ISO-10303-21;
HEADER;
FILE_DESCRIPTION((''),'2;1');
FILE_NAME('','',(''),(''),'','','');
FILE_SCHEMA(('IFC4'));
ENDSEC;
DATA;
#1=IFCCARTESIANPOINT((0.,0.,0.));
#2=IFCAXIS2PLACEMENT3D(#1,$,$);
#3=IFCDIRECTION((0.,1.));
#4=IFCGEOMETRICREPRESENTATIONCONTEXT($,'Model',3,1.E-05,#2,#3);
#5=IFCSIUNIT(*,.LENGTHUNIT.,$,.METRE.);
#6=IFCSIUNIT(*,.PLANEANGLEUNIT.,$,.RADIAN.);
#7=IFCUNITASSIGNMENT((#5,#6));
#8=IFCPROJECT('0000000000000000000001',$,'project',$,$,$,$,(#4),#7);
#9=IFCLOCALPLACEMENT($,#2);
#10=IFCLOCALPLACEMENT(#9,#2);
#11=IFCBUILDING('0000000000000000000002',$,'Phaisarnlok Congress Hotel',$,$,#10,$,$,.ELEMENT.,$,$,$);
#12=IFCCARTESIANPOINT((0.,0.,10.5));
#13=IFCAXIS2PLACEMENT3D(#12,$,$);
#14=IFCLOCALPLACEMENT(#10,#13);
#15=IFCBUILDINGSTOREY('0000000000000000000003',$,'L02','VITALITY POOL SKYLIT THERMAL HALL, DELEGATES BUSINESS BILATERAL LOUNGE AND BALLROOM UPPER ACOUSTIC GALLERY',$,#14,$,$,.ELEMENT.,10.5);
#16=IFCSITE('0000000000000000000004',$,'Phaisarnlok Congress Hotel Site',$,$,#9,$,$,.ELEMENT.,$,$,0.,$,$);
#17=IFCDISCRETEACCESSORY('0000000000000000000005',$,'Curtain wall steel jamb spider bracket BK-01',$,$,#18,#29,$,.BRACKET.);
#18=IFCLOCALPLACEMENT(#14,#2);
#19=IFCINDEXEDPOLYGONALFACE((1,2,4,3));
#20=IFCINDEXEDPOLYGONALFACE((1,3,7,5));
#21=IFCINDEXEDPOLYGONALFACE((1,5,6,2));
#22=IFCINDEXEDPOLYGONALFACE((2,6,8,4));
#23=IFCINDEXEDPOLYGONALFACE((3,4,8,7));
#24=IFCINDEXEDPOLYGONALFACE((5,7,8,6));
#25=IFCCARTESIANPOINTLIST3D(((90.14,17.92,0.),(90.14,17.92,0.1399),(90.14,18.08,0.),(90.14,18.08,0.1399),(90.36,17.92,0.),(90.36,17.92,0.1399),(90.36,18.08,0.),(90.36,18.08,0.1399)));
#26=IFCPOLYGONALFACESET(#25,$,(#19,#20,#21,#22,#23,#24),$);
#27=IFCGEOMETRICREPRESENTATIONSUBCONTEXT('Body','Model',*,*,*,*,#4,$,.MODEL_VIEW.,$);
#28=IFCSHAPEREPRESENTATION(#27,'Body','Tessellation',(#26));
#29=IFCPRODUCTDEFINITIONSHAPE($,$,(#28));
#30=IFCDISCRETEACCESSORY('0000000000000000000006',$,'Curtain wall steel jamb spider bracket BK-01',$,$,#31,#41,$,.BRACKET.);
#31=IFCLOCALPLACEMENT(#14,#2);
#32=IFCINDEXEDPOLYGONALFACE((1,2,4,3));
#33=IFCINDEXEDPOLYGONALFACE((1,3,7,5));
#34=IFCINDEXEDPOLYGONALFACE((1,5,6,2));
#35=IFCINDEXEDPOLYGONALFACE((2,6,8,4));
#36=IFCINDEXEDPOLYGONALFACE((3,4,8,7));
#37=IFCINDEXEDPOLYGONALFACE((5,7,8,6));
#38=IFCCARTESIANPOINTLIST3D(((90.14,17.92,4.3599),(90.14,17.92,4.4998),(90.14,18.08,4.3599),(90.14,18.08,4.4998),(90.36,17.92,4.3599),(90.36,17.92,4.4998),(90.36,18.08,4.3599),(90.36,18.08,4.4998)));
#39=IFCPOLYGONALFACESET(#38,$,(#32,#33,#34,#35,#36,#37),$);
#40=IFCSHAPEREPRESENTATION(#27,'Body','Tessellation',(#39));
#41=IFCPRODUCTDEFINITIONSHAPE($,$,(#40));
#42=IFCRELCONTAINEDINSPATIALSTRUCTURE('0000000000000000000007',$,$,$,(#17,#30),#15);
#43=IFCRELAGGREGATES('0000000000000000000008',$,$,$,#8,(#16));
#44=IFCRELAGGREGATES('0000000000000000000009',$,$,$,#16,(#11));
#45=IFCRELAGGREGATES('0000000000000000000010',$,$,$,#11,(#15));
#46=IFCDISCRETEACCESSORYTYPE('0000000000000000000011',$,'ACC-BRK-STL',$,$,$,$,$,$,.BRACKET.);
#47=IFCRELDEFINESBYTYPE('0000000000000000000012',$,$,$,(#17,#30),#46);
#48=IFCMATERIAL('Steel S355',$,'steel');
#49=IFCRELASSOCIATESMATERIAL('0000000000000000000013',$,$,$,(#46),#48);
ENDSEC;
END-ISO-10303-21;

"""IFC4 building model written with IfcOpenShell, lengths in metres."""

from ifc_helpers import new_model, si_unit, direction, frame, origin, origin_2d, place, context, subcontext, project, spatial, rectangle, extrude, material, type_object, element, save


model = new_model("IFC4")

# Units and contexts
model_context = context("Model", 3, precision=1e-05, world=origin(), true_north=direction((0.0, 1.0)))
body_context = subcontext(model_context, "Body", "Model", "MODEL_VIEW")
ifc_project = project(units=[si_unit("LENGTHUNIT", "METRE"), si_unit("PLANEANGLEUNIT", "RADIAN")], contexts=[model_context])

# Site, building, storey
site_placement = place(None, origin())
site = spatial("IfcSite", under=ifc_project, at=site_placement, Name="Phaisarnlok Congress Hotel Site", CompositionType="ELEMENT", RefElevation=0.0)
building_placement = place(site_placement, origin())
building = spatial("IfcBuilding", under=site, at=building_placement, Name="Phaisarnlok Congress Hotel", CompositionType="ELEMENT")
storey_placement = place(building_placement, frame((0.0, 0.0, 10.5)))
storey = spatial("IfcBuildingStorey", under=building, at=storey_placement, Name="L02", Description="VITALITY POOL SKYLIT THERMAL HALL, DELEGATES BUSINESS BILATERAL LOUNGE AND BALLROOM UPPER ACOUSTIC GALLERY", CompositionType="ELEMENT", Elevation=10.5)

# Shared definitions
ifc_material_1 = material(Name="Steel S355", Category="steel")

# Discrete accessories
discrete_accessory_type = type_object("IfcDiscreteAccessoryType", Name="ACC-BRK-STL", PredefinedType="BRACKET", material=ifc_material_1)
for number, where, z_axis, x_axis, name in (
    (1, (90.25, 18.0, 0.0), (0.0, 0.0, 1.0), (1.0, 0.0, 0.0), "Curtain wall steel jamb spider bracket BK-01"),
    (2, (90.25, 18.0, 4.3599), (0.0, 0.0, 1.0), (1.0, 0.0, 0.0), "Curtain wall steel jamb spider bracket BK-01"),
):
    element("IfcDiscreteAccessory", number, at=place(storey_placement, frame(where, z_axis=z_axis, x_axis=x_axis)), inside=storey, type_object=discrete_accessory_type, Name=name, PredefinedType="BRACKET", context=body_context, shape_type="SweptSolid", body=[
        extrude(rectangle(XDim=0.22, YDim=0.1599, at=origin_2d()), origin(), (0.0, 0.0, 1.0), 0.1399),
    ])

save(model, "model.ifc")
